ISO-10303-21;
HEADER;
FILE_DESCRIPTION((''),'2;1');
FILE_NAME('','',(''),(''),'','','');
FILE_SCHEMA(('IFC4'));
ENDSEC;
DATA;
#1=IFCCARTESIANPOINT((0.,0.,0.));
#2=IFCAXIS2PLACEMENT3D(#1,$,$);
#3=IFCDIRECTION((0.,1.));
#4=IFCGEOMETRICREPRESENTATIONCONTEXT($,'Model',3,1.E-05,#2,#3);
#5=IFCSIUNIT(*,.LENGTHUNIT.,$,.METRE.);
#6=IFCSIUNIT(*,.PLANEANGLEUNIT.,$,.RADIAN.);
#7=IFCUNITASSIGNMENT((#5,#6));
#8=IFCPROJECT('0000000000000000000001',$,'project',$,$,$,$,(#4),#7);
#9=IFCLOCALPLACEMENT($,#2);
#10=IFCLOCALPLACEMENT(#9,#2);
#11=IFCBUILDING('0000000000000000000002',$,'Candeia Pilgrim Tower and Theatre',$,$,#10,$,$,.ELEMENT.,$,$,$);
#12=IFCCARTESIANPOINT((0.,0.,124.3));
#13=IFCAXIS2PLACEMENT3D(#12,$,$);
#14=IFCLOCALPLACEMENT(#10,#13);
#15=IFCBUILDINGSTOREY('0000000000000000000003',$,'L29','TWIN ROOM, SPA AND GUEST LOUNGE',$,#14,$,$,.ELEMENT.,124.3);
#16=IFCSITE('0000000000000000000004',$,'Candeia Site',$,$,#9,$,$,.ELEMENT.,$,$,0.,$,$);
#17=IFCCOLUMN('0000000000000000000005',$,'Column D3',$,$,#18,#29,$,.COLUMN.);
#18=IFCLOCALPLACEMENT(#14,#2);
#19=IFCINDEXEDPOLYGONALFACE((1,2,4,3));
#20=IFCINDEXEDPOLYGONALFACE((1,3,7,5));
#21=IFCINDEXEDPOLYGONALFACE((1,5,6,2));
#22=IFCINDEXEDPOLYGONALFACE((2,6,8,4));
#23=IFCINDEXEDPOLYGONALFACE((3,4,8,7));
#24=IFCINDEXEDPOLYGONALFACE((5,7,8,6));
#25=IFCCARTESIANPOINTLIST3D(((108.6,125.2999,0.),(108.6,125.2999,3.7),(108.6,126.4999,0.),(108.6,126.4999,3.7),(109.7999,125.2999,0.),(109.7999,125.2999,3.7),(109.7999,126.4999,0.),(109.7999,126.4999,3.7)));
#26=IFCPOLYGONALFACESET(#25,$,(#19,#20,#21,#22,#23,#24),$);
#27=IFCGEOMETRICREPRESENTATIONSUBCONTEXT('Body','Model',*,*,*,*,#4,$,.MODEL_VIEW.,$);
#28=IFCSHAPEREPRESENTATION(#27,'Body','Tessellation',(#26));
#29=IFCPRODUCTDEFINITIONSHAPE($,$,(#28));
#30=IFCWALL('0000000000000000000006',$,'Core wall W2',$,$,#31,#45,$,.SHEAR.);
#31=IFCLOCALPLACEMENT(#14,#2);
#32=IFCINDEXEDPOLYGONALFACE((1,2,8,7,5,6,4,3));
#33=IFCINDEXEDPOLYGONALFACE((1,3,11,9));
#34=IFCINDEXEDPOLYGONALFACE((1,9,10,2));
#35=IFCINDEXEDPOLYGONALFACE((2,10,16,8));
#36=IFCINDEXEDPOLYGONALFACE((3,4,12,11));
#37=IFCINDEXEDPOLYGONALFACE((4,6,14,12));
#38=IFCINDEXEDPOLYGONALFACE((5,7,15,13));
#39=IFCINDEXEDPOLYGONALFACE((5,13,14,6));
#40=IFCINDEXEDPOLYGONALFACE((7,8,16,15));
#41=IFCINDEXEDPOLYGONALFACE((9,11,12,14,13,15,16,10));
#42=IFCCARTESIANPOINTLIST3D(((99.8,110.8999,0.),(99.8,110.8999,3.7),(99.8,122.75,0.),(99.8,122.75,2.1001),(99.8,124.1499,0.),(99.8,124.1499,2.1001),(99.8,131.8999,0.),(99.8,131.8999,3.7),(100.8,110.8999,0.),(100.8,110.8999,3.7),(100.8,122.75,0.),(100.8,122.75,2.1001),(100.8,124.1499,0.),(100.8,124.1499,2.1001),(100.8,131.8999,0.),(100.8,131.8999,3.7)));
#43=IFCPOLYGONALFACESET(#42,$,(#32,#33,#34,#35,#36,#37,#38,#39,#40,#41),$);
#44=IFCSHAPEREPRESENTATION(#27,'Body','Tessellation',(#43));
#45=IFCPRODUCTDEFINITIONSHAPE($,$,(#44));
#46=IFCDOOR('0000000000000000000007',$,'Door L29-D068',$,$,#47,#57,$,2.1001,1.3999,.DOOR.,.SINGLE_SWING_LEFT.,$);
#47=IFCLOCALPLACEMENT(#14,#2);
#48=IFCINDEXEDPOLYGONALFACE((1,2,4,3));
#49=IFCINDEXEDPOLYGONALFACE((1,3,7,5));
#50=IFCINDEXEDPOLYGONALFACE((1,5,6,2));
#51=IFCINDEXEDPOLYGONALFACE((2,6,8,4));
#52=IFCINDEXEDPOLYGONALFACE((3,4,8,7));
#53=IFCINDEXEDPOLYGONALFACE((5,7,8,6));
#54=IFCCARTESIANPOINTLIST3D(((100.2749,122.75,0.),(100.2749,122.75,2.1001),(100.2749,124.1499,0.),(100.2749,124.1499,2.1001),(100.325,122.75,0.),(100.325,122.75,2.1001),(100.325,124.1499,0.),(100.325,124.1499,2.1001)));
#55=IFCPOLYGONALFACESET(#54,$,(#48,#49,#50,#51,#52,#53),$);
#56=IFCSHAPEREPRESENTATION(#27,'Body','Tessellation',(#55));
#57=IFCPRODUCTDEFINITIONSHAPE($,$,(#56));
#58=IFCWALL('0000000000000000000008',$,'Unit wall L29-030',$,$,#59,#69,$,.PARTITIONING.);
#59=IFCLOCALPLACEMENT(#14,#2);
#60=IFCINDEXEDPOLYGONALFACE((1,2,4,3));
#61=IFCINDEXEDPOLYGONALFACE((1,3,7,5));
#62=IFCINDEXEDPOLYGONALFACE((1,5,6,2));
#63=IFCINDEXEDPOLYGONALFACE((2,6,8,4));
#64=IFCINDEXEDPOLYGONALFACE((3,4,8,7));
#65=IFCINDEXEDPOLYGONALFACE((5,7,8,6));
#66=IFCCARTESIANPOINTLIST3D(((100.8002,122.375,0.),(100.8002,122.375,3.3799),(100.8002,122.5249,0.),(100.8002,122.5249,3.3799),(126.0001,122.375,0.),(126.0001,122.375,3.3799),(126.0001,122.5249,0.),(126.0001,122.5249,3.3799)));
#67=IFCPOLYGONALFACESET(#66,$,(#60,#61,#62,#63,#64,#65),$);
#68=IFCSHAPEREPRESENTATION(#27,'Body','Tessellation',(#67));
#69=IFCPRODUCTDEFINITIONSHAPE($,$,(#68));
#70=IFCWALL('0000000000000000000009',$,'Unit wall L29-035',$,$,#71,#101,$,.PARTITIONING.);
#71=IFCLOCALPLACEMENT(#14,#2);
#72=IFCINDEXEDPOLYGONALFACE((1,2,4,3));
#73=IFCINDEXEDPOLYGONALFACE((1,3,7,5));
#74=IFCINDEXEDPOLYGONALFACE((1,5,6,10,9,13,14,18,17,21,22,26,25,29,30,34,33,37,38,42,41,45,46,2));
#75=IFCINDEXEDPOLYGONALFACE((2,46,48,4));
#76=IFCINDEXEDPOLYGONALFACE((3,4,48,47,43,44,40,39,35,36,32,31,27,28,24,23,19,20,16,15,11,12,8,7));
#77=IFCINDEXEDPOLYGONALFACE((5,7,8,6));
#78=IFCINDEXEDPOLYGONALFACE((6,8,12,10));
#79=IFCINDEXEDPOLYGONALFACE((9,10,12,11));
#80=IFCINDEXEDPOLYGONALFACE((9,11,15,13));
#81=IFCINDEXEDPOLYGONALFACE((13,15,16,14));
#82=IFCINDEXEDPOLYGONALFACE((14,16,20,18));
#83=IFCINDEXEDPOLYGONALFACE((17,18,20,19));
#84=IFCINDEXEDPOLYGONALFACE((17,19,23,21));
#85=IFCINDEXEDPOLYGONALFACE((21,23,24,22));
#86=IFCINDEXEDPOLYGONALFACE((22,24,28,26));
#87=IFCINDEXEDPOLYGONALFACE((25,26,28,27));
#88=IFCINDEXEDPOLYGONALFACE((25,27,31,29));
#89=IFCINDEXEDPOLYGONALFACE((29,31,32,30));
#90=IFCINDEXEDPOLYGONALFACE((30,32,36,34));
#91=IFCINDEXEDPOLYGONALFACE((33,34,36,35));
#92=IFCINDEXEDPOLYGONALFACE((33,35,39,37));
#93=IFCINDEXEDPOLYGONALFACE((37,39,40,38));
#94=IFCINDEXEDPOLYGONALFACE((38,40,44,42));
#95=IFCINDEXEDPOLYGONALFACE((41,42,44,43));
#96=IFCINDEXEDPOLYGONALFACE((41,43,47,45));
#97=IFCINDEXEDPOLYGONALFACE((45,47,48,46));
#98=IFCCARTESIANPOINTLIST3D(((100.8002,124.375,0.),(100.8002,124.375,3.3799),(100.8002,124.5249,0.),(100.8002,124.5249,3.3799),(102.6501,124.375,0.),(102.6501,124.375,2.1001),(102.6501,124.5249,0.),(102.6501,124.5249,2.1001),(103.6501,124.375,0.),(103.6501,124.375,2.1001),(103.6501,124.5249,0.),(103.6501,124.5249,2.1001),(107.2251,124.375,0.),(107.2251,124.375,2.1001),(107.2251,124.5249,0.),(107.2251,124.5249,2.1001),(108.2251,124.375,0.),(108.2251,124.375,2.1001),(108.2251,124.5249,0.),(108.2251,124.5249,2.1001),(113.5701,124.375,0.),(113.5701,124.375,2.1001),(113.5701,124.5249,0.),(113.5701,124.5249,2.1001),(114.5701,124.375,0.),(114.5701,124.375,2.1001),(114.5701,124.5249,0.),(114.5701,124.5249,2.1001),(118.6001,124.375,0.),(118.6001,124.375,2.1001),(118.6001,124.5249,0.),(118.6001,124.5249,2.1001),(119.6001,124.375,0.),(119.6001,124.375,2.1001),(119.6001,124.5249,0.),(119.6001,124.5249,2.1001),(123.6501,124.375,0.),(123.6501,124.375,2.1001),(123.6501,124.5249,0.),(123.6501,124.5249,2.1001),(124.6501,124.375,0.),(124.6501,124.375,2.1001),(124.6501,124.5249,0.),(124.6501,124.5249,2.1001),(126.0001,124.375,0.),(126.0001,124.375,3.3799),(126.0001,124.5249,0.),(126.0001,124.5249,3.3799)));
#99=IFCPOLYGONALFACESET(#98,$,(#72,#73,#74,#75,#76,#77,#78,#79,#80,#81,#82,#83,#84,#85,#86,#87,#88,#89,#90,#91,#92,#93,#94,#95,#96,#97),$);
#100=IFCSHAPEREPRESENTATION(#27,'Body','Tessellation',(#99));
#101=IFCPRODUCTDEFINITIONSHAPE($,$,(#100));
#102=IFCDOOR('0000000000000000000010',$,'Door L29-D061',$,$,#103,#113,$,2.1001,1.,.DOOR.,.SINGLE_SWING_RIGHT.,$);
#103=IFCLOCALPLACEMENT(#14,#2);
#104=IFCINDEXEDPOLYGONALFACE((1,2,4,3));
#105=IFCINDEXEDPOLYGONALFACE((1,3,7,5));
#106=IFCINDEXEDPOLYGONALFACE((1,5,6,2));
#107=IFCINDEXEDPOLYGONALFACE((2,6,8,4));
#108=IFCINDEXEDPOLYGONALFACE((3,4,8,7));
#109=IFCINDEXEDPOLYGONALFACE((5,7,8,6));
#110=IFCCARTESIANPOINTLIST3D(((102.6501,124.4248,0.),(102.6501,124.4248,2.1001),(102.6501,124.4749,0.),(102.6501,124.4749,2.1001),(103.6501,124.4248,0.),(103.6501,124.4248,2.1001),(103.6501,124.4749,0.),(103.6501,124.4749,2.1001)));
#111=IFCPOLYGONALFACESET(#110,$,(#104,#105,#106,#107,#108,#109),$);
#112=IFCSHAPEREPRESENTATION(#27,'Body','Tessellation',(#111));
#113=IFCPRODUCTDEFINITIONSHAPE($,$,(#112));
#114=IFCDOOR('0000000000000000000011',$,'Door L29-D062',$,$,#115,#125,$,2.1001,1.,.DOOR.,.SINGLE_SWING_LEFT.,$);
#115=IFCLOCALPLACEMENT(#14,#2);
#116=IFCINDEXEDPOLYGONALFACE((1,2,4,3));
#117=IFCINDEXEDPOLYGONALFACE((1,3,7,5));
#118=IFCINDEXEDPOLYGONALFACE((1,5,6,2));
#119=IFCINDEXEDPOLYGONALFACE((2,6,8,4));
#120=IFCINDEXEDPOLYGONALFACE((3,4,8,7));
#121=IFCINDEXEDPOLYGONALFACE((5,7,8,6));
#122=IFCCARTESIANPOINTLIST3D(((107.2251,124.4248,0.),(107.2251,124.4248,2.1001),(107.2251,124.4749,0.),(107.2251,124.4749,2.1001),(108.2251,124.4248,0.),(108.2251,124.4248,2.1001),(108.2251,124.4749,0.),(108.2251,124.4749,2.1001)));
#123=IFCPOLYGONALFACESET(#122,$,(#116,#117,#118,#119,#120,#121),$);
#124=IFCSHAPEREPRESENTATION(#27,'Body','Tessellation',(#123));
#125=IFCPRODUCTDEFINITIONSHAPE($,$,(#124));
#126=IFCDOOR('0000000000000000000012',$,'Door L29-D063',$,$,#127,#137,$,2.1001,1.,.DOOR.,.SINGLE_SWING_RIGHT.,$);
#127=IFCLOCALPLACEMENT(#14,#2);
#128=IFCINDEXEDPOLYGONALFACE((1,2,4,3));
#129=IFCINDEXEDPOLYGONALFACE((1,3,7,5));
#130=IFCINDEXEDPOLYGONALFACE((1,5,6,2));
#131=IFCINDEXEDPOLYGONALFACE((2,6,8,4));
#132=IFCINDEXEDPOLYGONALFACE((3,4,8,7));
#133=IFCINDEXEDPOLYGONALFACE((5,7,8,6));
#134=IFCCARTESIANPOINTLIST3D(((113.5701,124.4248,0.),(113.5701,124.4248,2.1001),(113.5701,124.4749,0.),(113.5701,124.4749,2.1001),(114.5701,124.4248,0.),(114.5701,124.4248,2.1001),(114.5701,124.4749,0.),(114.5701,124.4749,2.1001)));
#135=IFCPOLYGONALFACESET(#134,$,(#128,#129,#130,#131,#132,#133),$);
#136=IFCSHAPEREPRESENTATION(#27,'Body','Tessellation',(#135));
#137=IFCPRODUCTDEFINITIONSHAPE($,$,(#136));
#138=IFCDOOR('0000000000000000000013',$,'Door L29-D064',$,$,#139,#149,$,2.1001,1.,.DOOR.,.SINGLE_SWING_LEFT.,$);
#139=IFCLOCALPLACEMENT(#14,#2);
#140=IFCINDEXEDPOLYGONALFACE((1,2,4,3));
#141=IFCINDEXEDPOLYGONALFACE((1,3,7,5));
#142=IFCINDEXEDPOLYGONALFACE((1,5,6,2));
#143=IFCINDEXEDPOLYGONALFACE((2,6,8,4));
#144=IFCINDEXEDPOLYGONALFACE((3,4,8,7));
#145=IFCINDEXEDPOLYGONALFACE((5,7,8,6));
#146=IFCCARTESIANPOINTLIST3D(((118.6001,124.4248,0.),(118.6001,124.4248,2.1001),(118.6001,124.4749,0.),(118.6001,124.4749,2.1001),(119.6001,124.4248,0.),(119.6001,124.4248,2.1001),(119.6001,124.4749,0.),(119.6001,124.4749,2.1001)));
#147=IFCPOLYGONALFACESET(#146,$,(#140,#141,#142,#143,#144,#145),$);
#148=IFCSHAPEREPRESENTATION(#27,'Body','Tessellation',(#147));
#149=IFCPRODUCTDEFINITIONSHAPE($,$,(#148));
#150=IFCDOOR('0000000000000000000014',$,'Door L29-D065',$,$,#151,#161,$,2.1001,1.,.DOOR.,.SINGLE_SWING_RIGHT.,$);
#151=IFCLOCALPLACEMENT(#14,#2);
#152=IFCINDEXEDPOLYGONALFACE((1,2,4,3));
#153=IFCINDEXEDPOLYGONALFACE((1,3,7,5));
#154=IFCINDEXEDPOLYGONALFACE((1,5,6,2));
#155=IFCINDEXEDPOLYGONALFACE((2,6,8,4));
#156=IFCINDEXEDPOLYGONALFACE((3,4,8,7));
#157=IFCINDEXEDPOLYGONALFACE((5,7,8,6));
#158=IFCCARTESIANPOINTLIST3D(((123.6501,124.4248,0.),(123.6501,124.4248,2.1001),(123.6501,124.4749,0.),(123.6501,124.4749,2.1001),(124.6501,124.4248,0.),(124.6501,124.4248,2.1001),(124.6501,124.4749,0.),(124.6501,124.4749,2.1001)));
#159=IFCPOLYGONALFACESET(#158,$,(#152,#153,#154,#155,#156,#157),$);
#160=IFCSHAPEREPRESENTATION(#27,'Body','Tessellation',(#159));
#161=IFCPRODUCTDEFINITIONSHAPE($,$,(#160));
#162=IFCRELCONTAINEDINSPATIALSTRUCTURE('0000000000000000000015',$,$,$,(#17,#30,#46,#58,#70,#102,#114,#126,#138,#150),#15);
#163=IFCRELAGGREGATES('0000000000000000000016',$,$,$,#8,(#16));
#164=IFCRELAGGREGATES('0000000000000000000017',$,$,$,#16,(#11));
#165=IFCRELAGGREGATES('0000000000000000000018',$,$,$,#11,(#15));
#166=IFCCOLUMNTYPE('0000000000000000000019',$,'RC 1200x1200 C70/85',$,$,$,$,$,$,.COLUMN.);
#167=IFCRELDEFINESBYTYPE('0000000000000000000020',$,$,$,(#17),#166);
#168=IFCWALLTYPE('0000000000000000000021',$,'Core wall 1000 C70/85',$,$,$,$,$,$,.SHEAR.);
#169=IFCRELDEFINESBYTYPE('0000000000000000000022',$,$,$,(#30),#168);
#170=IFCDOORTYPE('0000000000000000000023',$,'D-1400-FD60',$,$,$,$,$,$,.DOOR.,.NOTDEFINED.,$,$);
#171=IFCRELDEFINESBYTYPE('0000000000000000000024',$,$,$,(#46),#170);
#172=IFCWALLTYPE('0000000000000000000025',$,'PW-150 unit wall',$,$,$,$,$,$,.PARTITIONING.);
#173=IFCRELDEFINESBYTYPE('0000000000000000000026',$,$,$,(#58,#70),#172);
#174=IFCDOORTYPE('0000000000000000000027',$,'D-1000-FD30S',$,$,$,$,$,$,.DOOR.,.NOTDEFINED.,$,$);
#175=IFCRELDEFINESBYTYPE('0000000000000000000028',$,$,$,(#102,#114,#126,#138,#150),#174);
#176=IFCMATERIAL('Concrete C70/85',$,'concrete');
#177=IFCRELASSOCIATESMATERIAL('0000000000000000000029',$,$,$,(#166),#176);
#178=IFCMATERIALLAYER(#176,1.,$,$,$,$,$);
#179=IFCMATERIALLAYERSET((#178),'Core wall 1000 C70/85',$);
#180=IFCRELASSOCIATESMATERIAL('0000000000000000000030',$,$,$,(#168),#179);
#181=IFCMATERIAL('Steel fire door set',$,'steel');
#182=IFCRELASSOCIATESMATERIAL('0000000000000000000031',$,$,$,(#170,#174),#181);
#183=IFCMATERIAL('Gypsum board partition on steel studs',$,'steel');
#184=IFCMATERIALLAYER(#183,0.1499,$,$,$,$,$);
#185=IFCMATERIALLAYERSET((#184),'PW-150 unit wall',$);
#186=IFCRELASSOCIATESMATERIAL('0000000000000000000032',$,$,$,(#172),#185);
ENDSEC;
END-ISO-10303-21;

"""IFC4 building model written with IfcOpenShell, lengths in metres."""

from ifc_helpers import new_model, si_unit, direction, frame, frame_2d, origin, origin_2d, place, context, subcontext, project, spatial, rectangle, extrude, material, layer, layer_set, material_profile, profile_set, type_object, element, fill, save


model = new_model("IFC4")

# Units and contexts
model_context = context("Model", 3, precision=1e-05, world=origin(), true_north=direction((0.0, 1.0)))
body_context = subcontext(model_context, "Body", "Model", "MODEL_VIEW")
ifc_project = project(units=[si_unit("LENGTHUNIT", "METRE"), si_unit("PLANEANGLEUNIT", "RADIAN")], contexts=[model_context])

# Site, building, storey
site_placement = place(None, origin())
site = spatial("IfcSite", under=ifc_project, at=site_placement, Name="Candeia Site", CompositionType="ELEMENT", RefElevation=0.0)
building_placement = place(site_placement, origin())
building = spatial("IfcBuilding", under=site, at=building_placement, Name="Candeia Pilgrim Tower and Theatre", CompositionType="ELEMENT")
storey_placement = place(building_placement, frame((0.0, 0.0, 124.3)))
storey = spatial("IfcBuildingStorey", under=building, at=storey_placement, Name="L29", Description="TWIN ROOM, SPA AND GUEST LOUNGE", CompositionType="ELEMENT", Elevation=124.3)

# Column
ifc_material_1 = material(Name="Concrete C70/85", Category="concrete")
ifc_material_profile = material_profile(ifc_material_1, rectangle(XDim=1.2, YDim=1.2, at=origin_2d()))
ifc_profile_set = profile_set([ifc_material_profile], Name="Concrete C70/85")
column_type = type_object("IfcColumnType", Name="RC 1200x1200 C70/85", PredefinedType="COLUMN", material=ifc_profile_set)
column_placement = place(storey_placement, frame((109.2, 125.8999, 0.0), z_axis=(0.0, 0.0, 1.0), x_axis=(1.0, 0.0, 0.0)))
element("IfcColumn", 1, at=column_placement, inside=storey, type_object=column_type, Name="Column D3", PredefinedType="COLUMN", context=body_context, shape_type="SweptSolid", body=[
    extrude(rectangle(XDim=1.2, YDim=1.2, at=origin_2d()), origin(), (0.0, 0.0, 1.0), 3.7),
])

# Wall, opening, door
ifc_layer_1 = layer(ifc_material_1, 1.0)
ifc_layer_set_1 = layer_set([ifc_layer_1], Name="Core wall 1000 C70/85")
wall_type_1 = type_object("IfcWallType", Name="Core wall 1000 C70/85", PredefinedType="SHEAR", material=ifc_layer_set_1)
wall_1_placement = place(storey_placement, frame((100.3, 131.8999, 0.0), z_axis=(0.0, 0.0, 1.0), x_axis=(0.0, -1.0, 0.0)))
wall_1 = element("IfcWall", 2, at=wall_1_placement, inside=storey, type_object=wall_type_1, Name="Core wall W2", PredefinedType="SHEAR", context=body_context, shape_type="SweptSolid", body=[
    extrude(rectangle(XDim=21.0, YDim=1.0, at=frame_2d((10.5, 0.0))), origin(), (0.0, 0.0, 1.0), 3.7),
])
opening_1_placement = place(wall_1_placement, frame((7.75, 0.0, 0.0)))
opening_1 = element("IfcOpeningElement", 3, at=opening_1_placement, cuts=wall_1, PredefinedType="OPENING", context=body_context, shape_type="SweptSolid", body=[
    extrude(rectangle(XDim=1.3999, YDim=2.1001, at=frame_2d((0.7, 1.05))), frame((0.0, 0.51, 0.0), z_axis=(0.0, -1.0, 0.0), x_axis=(1.0, 0.0, 0.0)), (0.0, 0.0, 1.0), 1.02),
])
ifc_material_2 = material(Name="Steel fire door set", Category="steel")
door_type_1 = type_object("IfcDoorType", Name="D-1400-FD60", OperationType="NOTDEFINED", PredefinedType="DOOR", material=ifc_material_2)
door_1_placement = place(opening_1_placement, origin())
door_1 = element("IfcDoor", 4, at=door_1_placement, inside=storey, type_object=door_type_1, Name="Door L29-D068", OperationType="SINGLE_SWING_LEFT", OverallHeight=2.1001, OverallWidth=1.3999, PredefinedType="DOOR", context=body_context, shape_type="SweptSolid", body=[
    extrude(rectangle(XDim=1.3999, YDim=2.1001, at=frame_2d((0.7, 1.05))), frame((0.0, 0.0249, 0.0), z_axis=(0.0, -1.0, 0.0), x_axis=(1.0, 0.0, 0.0)), (0.0, 0.0, 1.0), 0.05),
])
fill(opening_1, door_1)

# Wall
ifc_material_3 = material(Name="Gypsum board partition on steel studs", Category="steel")
ifc_layer_2 = layer(ifc_material_3, 0.1499)
ifc_layer_set_2 = layer_set([ifc_layer_2], Name="PW-150 unit wall")
wall_type_2 = type_object("IfcWallType", Name="PW-150 unit wall", PredefinedType="PARTITIONING", material=ifc_layer_set_2)
wall_2_placement = place(storey_placement, frame((100.8, 122.45, 0.0), z_axis=(0.0, 0.0, 1.0), x_axis=(1.0, 0.0, 0.0)))
element("IfcWall", 5, at=wall_2_placement, inside=storey, type_object=wall_type_2, Name="Unit wall L29-030", PredefinedType="PARTITIONING", context=body_context, shape_type="SweptSolid", body=[
    extrude(rectangle(XDim=25.2, YDim=0.1499, at=frame_2d((12.6001, 0.0))), origin(), (0.0, 0.0, 1.0), 3.3799),
])

# Wall, openings, doors
wall_3_placement = place(storey_placement, frame((100.8, 124.45, 0.0), z_axis=(0.0, 0.0, 1.0), x_axis=(1.0, 0.0, 0.0)))
wall_3 = element("IfcWall", 6, at=wall_3_placement, inside=storey, type_object=wall_type_2, Name="Unit wall L29-035", PredefinedType="PARTITIONING", context=body_context, shape_type="SweptSolid", body=[
    extrude(rectangle(XDim=25.2, YDim=0.1499, at=frame_2d((12.6001, 0.0))), origin(), (0.0, 0.0, 1.0), 3.3799),
])
opening_2_placement = place(wall_3_placement, frame((1.8501, 0.0, 0.0)))
opening_2 = element("IfcOpeningElement", 7, at=opening_2_placement, cuts=wall_3, PredefinedType="OPENING", context=body_context, shape_type="SweptSolid", body=[
    extrude(rectangle(XDim=1.0, YDim=2.1001, at=frame_2d((0.5, 1.05))), frame((0.0, 0.085, 0.0), z_axis=(0.0, -1.0, 0.0), x_axis=(1.0, 0.0, 0.0)), (0.0, 0.0, 1.0), 0.1699),
])
opening_3_placement = place(wall_3_placement, frame((6.425, 0.0, 0.0)))
opening_3 = element("IfcOpeningElement", 8, at=opening_3_placement, cuts=wall_3, PredefinedType="OPENING", context=body_context, shape_type="SweptSolid", body=[
    extrude(rectangle(XDim=1.0, YDim=2.1001, at=frame_2d((0.5, 1.05))), frame((0.0, 0.085, 0.0), z_axis=(0.0, -1.0, 0.0), x_axis=(1.0, 0.0, 0.0)), (0.0, 0.0, 1.0), 0.1699),
])
opening_4_placement = place(wall_3_placement, frame((12.77, 0.0, 0.0)))
opening_4 = element("IfcOpeningElement", 9, at=opening_4_placement, cuts=wall_3, PredefinedType="OPENING", context=body_context, shape_type="SweptSolid", body=[
    extrude(rectangle(XDim=1.0, YDim=2.1001, at=frame_2d((0.5, 1.05))), frame((0.0, 0.085, 0.0), z_axis=(0.0, -1.0, 0.0), x_axis=(1.0, 0.0, 0.0)), (0.0, 0.0, 1.0), 0.1699),
])
opening_5_placement = place(wall_3_placement, frame((17.8, 0.0, 0.0)))
opening_5 = element("IfcOpeningElement", 10, at=opening_5_placement, cuts=wall_3, PredefinedType="OPENING", context=body_context, shape_type="SweptSolid", body=[
    extrude(rectangle(XDim=1.0, YDim=2.1001, at=frame_2d((0.5, 1.05))), frame((0.0, 0.085, 0.0), z_axis=(0.0, -1.0, 0.0), x_axis=(1.0, 0.0, 0.0)), (0.0, 0.0, 1.0), 0.1699),
])
opening_6_placement = place(wall_3_placement, frame((22.8501, 0.0, 0.0)))
opening_6 = element("IfcOpeningElement", 11, at=opening_6_placement, cuts=wall_3, PredefinedType="OPENING", context=body_context, shape_type="SweptSolid", body=[
    extrude(rectangle(XDim=1.0, YDim=2.1001, at=frame_2d((0.5, 1.05))), frame((0.0, 0.085, 0.0), z_axis=(0.0, -1.0, 0.0), x_axis=(1.0, 0.0, 0.0)), (0.0, 0.0, 1.0), 0.1699),
])
door_type_2 = type_object("IfcDoorType", Name="D-1000-FD30S", OperationType="NOTDEFINED", PredefinedType="DOOR", material=ifc_material_2)
door_2_placement = place(opening_2_placement, origin())
door_2 = element("IfcDoor", 12, at=door_2_placement, inside=storey, type_object=door_type_2, Name="Door L29-D061", OperationType="SINGLE_SWING_RIGHT", OverallHeight=2.1001, OverallWidth=1.0, PredefinedType="DOOR", context=body_context, shape_type="SweptSolid", body=[
    extrude(rectangle(XDim=1.0, YDim=2.1001, at=frame_2d((0.5, 1.05))), frame((0.0, 0.0249, 0.0), z_axis=(0.0, -1.0, 0.0), x_axis=(1.0, 0.0, 0.0)), (0.0, 0.0, 1.0), 0.05),
])
fill(opening_2, door_2)
door_3_placement = place(opening_3_placement, origin())
door_3 = element("IfcDoor", 13, at=door_3_placement, inside=storey, type_object=door_type_2, Name="Door L29-D062", OperationType="SINGLE_SWING_LEFT", OverallHeight=2.1001, OverallWidth=1.0, PredefinedType="DOOR", context=body_context, shape_type="SweptSolid", body=[
    extrude(rectangle(XDim=1.0, YDim=2.1001, at=frame_2d((0.5, 1.05))), frame((0.0, 0.0249, 0.0), z_axis=(0.0, -1.0, 0.0), x_axis=(1.0, 0.0, 0.0)), (0.0, 0.0, 1.0), 0.05),
])
fill(opening_3, door_3)
door_4_placement = place(opening_4_placement, origin())
door_4 = element("IfcDoor", 14, at=door_4_placement, inside=storey, type_object=door_type_2, Name="Door L29-D063", OperationType="SINGLE_SWING_RIGHT", OverallHeight=2.1001, OverallWidth=1.0, PredefinedType="DOOR", context=body_context, shape_type="SweptSolid", body=[
    extrude(rectangle(XDim=1.0, YDim=2.1001, at=frame_2d((0.5, 1.05))), frame((0.0, 0.0249, 0.0), z_axis=(0.0, -1.0, 0.0), x_axis=(1.0, 0.0, 0.0)), (0.0, 0.0, 1.0), 0.05),
])
fill(opening_4, door_4)
door_5_placement = place(opening_5_placement, origin())
door_5 = element("IfcDoor", 15, at=door_5_placement, inside=storey, type_object=door_type_2, Name="Door L29-D064", OperationType="SINGLE_SWING_LEFT", OverallHeight=2.1001, OverallWidth=1.0, PredefinedType="DOOR", context=body_context, shape_type="SweptSolid", body=[
    extrude(rectangle(XDim=1.0, YDim=2.1001, at=frame_2d((0.5, 1.05))), frame((0.0, 0.0249, 0.0), z_axis=(0.0, -1.0, 0.0), x_axis=(1.0, 0.0, 0.0)), (0.0, 0.0, 1.0), 0.05),
])
fill(opening_5, door_5)
door_6_placement = place(opening_6_placement, origin())
door_6 = element("IfcDoor", 16, at=door_6_placement, inside=storey, type_object=door_type_2, Name="Door L29-D065", OperationType="SINGLE_SWING_RIGHT", OverallHeight=2.1001, OverallWidth=1.0, PredefinedType="DOOR", context=body_context, shape_type="SweptSolid", body=[
    extrude(rectangle(XDim=1.0, YDim=2.1001, at=frame_2d((0.5, 1.05))), frame((0.0, 0.0249, 0.0), z_axis=(0.0, -1.0, 0.0), x_axis=(1.0, 0.0, 0.0)), (0.0, 0.0, 1.0), 0.05),
])
fill(opening_6, door_6)

save(model, "model.ifc")
